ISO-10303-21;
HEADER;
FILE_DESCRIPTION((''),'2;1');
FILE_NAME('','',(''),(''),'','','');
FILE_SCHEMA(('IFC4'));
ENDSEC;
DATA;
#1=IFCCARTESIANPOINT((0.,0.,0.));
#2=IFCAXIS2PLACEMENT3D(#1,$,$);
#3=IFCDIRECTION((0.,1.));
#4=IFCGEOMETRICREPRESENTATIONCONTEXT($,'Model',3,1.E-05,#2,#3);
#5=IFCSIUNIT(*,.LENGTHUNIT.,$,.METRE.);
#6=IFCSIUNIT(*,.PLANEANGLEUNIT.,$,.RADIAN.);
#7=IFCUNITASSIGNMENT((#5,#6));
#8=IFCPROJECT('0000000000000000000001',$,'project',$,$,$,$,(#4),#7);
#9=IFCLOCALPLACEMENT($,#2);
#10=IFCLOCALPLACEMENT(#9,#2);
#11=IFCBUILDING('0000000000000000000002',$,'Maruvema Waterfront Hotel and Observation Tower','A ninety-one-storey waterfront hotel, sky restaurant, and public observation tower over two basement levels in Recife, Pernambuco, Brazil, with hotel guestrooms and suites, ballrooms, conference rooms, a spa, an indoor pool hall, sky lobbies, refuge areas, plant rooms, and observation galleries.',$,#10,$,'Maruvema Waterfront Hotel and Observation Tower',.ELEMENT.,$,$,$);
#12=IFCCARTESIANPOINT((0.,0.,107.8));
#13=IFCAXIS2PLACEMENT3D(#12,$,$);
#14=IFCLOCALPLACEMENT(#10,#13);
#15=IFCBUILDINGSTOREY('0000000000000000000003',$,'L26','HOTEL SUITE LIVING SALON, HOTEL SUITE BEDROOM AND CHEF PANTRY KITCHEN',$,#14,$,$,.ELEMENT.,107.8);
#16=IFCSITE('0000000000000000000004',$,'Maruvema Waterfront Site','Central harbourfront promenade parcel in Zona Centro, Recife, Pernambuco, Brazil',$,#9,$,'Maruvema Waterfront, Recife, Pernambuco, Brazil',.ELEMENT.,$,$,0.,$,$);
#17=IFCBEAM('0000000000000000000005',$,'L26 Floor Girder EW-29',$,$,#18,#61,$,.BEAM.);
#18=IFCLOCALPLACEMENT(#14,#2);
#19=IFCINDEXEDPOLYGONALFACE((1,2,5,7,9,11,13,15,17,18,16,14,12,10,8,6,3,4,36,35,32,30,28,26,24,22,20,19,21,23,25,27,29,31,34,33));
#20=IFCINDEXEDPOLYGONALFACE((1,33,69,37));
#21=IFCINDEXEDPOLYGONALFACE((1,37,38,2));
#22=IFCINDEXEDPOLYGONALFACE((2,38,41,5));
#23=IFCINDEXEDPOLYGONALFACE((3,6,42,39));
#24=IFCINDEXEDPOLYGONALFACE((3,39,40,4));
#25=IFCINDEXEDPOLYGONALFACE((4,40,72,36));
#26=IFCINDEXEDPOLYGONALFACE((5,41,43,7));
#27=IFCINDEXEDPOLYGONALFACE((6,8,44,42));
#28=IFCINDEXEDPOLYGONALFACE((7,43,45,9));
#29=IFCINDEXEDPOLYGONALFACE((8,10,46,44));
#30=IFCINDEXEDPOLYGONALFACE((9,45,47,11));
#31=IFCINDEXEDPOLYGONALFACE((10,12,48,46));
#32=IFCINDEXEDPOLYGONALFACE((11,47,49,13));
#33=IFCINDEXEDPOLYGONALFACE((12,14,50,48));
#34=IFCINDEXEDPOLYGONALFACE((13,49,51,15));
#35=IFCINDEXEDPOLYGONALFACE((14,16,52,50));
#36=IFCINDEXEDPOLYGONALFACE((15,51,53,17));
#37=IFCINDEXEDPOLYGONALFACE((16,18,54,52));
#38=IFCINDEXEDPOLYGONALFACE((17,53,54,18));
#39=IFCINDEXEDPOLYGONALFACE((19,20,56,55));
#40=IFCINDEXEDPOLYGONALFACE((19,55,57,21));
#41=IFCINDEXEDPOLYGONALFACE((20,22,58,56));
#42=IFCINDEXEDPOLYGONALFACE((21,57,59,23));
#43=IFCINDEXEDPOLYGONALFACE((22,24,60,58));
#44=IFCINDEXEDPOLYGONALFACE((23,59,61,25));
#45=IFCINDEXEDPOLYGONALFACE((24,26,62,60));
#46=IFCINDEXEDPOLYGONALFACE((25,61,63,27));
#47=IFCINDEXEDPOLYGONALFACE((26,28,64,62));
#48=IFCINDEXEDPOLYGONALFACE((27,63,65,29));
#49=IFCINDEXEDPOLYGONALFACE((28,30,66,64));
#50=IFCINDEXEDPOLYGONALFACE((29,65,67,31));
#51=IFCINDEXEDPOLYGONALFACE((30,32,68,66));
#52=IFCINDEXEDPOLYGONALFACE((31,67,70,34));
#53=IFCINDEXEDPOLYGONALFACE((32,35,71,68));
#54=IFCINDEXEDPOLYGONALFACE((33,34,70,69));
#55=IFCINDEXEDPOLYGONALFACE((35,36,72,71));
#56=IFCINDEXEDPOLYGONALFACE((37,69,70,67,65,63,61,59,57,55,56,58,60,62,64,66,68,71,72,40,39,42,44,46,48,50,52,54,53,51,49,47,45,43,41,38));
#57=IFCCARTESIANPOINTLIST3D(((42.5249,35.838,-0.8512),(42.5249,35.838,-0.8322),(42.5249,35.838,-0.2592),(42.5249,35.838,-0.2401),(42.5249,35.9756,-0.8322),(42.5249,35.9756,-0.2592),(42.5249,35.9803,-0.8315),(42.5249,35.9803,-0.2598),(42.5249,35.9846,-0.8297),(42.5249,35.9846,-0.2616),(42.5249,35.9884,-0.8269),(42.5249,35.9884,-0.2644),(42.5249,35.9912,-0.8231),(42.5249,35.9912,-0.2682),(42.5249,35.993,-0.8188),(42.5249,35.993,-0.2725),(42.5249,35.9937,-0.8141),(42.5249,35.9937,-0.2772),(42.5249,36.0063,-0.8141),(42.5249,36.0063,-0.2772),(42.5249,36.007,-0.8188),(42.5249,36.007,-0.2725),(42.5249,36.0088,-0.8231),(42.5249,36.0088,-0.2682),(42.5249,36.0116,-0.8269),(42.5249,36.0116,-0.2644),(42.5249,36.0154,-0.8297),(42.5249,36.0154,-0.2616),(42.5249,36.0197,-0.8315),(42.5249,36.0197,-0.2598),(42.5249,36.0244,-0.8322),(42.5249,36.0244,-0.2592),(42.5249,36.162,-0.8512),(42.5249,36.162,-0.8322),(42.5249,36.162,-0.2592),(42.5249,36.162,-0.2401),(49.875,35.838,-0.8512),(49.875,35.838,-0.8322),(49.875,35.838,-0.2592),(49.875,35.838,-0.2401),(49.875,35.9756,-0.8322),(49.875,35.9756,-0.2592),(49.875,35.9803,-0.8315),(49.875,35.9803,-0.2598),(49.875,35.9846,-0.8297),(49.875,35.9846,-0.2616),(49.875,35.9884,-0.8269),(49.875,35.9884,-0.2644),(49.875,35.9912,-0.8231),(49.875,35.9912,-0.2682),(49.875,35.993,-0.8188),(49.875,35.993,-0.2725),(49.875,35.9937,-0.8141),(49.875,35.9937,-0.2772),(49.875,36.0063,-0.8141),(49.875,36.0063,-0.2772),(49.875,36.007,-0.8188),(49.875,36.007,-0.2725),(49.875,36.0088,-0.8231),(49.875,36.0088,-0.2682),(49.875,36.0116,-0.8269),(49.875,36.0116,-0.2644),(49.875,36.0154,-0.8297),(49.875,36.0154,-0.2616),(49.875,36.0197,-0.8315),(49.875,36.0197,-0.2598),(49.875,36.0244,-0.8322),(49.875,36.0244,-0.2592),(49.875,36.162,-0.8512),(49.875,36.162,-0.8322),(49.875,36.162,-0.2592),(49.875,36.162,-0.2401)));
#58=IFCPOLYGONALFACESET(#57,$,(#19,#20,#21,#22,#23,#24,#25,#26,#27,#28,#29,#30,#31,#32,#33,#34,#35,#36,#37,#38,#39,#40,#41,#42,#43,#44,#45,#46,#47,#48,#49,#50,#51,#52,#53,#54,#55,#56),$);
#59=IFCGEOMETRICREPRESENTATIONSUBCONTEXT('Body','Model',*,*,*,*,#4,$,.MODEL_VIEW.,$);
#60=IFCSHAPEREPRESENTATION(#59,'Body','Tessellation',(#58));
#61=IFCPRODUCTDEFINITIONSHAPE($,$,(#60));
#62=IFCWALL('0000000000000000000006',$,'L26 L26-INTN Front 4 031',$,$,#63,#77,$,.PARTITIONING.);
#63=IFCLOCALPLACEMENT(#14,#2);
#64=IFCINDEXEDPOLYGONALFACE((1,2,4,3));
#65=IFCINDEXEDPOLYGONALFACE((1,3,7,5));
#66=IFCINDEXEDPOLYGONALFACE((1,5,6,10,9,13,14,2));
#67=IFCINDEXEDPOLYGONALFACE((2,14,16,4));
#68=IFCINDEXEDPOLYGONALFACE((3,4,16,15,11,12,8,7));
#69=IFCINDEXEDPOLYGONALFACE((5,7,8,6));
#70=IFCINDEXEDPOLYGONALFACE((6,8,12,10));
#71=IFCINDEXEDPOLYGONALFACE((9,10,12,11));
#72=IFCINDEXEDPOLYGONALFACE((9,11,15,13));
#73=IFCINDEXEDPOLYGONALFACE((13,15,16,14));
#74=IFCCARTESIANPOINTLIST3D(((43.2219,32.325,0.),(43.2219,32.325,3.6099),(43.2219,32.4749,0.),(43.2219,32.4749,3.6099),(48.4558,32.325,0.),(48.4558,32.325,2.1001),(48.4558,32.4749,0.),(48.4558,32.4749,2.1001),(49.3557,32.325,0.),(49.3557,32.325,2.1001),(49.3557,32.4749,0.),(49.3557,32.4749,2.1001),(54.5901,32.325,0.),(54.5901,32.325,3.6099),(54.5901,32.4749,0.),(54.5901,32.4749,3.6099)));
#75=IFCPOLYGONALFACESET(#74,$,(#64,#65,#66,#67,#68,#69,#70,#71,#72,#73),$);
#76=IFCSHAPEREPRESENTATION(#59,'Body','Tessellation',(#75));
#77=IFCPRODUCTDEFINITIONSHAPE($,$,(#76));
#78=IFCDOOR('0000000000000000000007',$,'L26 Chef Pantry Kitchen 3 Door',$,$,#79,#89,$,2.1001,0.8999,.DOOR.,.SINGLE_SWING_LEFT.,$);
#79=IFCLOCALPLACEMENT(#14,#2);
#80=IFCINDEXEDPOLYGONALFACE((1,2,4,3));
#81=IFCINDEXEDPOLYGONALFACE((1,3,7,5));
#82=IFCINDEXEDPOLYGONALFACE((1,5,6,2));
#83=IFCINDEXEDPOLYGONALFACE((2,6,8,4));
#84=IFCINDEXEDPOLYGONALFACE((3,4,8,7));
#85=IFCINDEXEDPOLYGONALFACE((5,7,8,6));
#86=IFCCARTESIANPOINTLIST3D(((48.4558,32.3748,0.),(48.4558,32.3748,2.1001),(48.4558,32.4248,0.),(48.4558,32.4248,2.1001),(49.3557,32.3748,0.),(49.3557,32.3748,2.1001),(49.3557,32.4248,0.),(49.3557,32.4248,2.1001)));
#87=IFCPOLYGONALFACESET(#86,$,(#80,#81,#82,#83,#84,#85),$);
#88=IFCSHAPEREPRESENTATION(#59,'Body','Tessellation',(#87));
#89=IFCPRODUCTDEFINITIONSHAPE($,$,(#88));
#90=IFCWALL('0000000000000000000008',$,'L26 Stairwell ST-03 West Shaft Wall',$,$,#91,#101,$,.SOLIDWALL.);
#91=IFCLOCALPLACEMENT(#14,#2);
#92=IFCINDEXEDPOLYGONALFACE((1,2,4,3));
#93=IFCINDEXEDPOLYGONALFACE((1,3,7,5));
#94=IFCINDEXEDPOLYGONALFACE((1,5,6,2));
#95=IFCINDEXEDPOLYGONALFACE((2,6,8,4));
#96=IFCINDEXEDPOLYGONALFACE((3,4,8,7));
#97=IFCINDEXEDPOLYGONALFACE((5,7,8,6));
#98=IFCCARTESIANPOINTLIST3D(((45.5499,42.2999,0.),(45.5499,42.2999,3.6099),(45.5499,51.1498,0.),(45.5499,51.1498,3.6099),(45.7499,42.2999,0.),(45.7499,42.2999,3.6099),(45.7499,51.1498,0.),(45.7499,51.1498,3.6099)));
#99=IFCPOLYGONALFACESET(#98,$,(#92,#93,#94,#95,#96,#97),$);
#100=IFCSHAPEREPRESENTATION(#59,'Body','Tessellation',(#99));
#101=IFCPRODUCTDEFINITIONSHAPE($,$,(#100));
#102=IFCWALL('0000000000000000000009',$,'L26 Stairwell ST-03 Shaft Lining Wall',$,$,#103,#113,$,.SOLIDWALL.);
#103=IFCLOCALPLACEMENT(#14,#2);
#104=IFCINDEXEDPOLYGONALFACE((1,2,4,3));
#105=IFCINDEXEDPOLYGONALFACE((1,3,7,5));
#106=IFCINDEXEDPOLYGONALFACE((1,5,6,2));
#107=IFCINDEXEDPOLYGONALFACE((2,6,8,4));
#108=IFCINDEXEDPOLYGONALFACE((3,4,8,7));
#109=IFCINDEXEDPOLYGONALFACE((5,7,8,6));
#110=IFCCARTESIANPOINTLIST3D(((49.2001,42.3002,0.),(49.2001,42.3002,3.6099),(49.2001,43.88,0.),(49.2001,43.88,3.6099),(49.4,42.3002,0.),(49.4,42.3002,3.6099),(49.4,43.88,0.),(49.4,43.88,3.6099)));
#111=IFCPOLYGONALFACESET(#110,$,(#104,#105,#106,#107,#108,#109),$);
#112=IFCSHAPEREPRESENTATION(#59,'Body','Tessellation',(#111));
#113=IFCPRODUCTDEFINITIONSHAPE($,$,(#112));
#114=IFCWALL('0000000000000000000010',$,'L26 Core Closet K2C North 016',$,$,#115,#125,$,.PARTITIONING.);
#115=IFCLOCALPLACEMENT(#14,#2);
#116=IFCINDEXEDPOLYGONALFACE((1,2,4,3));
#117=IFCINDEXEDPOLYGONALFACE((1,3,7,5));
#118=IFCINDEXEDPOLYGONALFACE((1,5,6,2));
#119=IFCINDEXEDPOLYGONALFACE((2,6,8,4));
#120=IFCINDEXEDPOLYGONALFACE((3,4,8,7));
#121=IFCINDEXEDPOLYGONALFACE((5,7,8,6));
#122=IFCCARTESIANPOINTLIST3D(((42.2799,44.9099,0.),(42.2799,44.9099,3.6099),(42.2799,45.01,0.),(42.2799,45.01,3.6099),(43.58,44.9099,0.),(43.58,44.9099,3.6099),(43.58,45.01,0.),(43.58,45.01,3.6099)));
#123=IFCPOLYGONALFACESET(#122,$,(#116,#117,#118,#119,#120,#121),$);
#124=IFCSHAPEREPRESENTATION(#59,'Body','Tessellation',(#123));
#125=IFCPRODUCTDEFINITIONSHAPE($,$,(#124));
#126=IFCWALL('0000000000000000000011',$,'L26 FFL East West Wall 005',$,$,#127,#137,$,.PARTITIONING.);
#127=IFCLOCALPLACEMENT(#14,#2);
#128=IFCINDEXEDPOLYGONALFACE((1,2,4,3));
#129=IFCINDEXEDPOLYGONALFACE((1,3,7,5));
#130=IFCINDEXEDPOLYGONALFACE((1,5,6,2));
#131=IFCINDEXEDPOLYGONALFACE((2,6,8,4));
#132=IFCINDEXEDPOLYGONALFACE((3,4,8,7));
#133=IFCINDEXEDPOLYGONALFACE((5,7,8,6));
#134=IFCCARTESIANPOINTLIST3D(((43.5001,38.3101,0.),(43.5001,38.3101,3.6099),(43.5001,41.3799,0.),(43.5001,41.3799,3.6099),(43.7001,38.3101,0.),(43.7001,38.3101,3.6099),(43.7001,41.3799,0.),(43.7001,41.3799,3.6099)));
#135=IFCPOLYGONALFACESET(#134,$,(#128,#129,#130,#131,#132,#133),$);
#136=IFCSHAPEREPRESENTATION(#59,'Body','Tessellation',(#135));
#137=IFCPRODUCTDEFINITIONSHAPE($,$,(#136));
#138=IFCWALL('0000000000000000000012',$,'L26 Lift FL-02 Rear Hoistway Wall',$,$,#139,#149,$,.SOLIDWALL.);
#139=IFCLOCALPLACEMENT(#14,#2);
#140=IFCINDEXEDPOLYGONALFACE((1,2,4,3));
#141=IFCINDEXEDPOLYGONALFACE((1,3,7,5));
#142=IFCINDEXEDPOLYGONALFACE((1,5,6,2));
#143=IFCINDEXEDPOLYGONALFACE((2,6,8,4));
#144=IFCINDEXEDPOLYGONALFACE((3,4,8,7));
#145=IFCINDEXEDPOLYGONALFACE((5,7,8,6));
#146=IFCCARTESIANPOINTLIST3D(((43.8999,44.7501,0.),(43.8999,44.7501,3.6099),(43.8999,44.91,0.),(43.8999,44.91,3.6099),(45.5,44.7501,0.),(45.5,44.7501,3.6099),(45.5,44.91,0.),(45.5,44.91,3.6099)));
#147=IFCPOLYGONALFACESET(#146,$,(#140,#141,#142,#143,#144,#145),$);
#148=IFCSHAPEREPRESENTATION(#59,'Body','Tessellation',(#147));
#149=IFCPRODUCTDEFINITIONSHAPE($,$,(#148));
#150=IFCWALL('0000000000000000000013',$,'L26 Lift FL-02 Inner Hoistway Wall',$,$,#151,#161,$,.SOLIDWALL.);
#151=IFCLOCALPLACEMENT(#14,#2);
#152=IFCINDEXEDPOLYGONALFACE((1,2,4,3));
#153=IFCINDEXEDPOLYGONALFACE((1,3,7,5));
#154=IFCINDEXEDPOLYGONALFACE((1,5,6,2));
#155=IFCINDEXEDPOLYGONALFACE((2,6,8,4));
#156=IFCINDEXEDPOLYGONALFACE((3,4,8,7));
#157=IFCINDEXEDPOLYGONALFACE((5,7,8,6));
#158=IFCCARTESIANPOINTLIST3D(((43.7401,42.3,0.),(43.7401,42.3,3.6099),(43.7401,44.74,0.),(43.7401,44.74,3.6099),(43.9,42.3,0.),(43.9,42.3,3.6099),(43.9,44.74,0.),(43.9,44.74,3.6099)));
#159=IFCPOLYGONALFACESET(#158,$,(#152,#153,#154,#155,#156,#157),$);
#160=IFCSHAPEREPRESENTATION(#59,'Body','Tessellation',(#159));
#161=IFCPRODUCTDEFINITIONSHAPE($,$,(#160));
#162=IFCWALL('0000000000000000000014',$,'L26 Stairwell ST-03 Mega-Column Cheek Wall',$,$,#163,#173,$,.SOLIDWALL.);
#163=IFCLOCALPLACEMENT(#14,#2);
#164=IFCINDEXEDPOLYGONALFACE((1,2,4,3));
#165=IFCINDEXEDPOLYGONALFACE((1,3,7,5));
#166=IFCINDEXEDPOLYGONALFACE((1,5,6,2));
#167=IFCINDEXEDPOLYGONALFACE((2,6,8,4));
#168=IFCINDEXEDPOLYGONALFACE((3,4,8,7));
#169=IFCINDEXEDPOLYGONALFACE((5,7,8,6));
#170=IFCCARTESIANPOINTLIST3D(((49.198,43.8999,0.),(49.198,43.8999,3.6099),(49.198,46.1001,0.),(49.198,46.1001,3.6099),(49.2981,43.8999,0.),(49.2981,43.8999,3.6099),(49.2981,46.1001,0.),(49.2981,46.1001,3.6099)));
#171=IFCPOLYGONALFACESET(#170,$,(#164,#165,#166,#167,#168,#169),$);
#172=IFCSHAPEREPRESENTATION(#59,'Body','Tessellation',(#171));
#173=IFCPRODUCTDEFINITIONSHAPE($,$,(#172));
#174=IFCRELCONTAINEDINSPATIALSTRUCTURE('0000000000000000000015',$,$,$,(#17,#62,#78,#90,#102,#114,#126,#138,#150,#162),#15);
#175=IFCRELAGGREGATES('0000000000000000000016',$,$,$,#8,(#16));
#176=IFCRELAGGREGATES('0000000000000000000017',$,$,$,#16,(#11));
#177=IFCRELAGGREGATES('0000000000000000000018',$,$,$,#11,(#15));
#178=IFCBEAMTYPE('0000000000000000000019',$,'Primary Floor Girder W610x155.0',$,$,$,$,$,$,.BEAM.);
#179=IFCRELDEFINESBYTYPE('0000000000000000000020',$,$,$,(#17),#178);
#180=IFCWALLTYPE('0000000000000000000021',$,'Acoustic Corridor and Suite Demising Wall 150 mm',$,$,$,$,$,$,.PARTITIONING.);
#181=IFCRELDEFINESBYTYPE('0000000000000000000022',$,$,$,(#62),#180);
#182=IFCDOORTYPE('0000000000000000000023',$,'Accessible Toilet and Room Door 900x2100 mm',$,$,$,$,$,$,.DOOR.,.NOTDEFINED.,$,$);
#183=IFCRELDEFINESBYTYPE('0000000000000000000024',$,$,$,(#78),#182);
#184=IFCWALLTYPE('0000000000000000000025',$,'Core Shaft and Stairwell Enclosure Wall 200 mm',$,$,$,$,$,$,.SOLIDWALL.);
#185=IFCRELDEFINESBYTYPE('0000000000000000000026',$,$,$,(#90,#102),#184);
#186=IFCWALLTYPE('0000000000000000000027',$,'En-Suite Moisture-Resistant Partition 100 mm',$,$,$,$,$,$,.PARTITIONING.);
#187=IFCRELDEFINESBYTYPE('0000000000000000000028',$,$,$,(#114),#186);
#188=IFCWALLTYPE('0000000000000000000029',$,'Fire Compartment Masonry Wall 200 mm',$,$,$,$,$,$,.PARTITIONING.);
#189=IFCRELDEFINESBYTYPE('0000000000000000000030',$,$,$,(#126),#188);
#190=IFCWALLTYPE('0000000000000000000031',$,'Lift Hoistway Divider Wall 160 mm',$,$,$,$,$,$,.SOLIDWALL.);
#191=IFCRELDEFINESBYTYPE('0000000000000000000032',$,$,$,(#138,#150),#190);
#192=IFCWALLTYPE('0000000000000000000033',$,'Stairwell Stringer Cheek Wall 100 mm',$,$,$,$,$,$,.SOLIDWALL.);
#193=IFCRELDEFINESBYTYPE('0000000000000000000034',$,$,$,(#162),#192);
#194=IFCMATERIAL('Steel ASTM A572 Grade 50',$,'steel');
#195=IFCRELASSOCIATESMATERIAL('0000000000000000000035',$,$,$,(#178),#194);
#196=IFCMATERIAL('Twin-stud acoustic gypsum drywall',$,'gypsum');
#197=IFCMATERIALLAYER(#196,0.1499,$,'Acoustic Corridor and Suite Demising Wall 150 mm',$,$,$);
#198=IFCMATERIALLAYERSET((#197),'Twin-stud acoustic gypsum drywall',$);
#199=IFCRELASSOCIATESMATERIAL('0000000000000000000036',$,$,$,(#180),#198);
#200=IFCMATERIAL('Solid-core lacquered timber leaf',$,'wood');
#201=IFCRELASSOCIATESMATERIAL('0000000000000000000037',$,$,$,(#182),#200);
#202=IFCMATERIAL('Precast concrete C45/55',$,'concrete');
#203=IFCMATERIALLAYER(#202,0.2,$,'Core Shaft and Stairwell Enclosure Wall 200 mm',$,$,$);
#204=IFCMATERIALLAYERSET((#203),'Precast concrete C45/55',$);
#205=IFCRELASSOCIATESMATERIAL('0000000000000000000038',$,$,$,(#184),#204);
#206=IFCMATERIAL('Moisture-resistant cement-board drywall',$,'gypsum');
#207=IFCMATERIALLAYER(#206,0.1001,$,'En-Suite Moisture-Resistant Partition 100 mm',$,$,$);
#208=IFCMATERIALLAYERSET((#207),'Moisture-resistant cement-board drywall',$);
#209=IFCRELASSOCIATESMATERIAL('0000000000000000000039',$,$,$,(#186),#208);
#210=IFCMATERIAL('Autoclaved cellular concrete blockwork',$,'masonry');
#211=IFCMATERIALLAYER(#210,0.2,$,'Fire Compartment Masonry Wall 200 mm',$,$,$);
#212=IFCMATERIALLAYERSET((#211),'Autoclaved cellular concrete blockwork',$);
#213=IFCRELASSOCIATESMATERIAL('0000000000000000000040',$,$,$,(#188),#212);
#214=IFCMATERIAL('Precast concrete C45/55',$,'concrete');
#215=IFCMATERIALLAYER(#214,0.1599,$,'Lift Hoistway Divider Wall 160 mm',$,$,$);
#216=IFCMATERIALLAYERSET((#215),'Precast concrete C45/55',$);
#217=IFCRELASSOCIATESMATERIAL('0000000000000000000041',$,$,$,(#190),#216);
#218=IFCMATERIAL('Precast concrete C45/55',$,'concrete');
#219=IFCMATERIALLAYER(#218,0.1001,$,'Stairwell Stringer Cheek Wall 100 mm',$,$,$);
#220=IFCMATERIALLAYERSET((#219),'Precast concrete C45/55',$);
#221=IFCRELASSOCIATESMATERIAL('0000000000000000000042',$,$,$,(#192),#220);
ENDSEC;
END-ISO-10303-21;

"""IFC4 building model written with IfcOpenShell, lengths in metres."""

from ifc_helpers import new_model, si_unit, direction, frame, frame_2d, origin, origin_2d, place, context, subcontext, project, spatial, rectangle, i_section, extrude, material, layer, layer_set, material_profile, profile_set, type_object, element, fill, save


model = new_model("IFC4")

# Units and contexts
model_context = context("Model", 3, precision=1e-05, world=origin(), true_north=direction((0.0, 1.0)))
body_context = subcontext(model_context, "Body", "Model", "MODEL_VIEW")
ifc_project = project(units=[si_unit("LENGTHUNIT", "METRE"), si_unit("PLANEANGLEUNIT", "RADIAN")], contexts=[model_context])

# Site, building, storey
site_placement = place(None, origin())
site = spatial("IfcSite", under=ifc_project, at=site_placement, Name="Maruvema Waterfront Site", Description="Central harbourfront promenade parcel in Zona Centro, Recife, Pernambuco, Brazil", LongName="Maruvema Waterfront, Recife, Pernambuco, Brazil", CompositionType="ELEMENT", RefElevation=0.0)
building_placement = place(site_placement, origin())
building = spatial("IfcBuilding", under=site, at=building_placement, Name="Maruvema Waterfront Hotel and Observation Tower", Description="A ninety-one-storey waterfront hotel, sky restaurant, and public observation tower over two basement levels in Recife, Pernambuco, Brazil, with hotel guestrooms and suites, ballrooms, conference rooms, a spa, an indoor pool hall, sky lobbies, refuge areas, plant rooms, and observation galleries.", LongName="Maruvema Waterfront Hotel and Observation Tower", CompositionType="ELEMENT")
storey_placement = place(building_placement, frame((0.0, 0.0, 107.8)))
storey = spatial("IfcBuildingStorey", under=building, at=storey_placement, Name="L26", Description="HOTEL SUITE LIVING SALON, HOTEL SUITE BEDROOM AND CHEF PANTRY KITCHEN", CompositionType="ELEMENT", Elevation=107.8)

# Beam
ifc_material_1 = material(Name="Steel ASTM A572 Grade 50", Category="steel")
ifc_material_profile = material_profile(ifc_material_1, i_section(OverallWidth=0.324, OverallDepth=0.6111, WebThickness=0.0127, FlangeThickness=0.019, FilletRadius=0.0181, at=origin_2d()), Name="W610x155.0")
ifc_profile_set = profile_set([ifc_material_profile], Name="Steel ASTM A572 Grade 50")
beam_type = type_object("IfcBeamType", Name="Primary Floor Girder W610x155.0", PredefinedType="BEAM", material=ifc_profile_set)
beam_placement = place(storey_placement, frame((42.5249, 36.0, -0.5457), z_axis=(1.0, 0.0, 0.0), x_axis=(0.0, 1.0, 0.0)))
element("IfcBeam", 1, at=beam_placement, inside=storey, type_object=beam_type, Name="L26 Floor Girder EW-29", PredefinedType="BEAM", context=body_context, shape_type="SweptSolid", body=[
    extrude(i_section(OverallWidth=0.324, OverallDepth=0.6111, WebThickness=0.0127, FlangeThickness=0.019, FilletRadius=0.0181, at=origin_2d()), origin(), (0.0, 0.0, 1.0), 7.3501),
])

# Wall, opening, door
ifc_material_2 = material(Name="Twin-stud acoustic gypsum drywall", Category="gypsum")
ifc_layer_1 = layer(ifc_material_2, 0.1499, Name="Acoustic Corridor and Suite Demising Wall 150 mm")
ifc_layer_set_1 = layer_set([ifc_layer_1], Name="Twin-stud acoustic gypsum drywall")
wall_type_1 = type_object("IfcWallType", Name="Acoustic Corridor and Suite Demising Wall 150 mm", PredefinedType="PARTITIONING", material=ifc_layer_set_1)
wall_1_placement = place(storey_placement, frame((43.2219, 32.3999, 0.0), z_axis=(0.0, 0.0, 1.0), x_axis=(1.0, 0.0, 0.0)))
wall_1 = element("IfcWall", 2, at=wall_1_placement, inside=storey, type_object=wall_type_1, Name="L26 L26-INTN Front 4 031", PredefinedType="PARTITIONING", context=body_context, shape_type="SweptSolid", body=[
    extrude(rectangle(XDim=11.3682, YDim=0.1499, at=frame_2d((5.6841, 0.0))), origin(), (0.0, 0.0, 1.0), 3.6099),
])
opening_1_placement = place(wall_1_placement, frame((5.2339, 0.0, 0.0)))
opening_1 = element("IfcOpeningElement", 3, at=opening_1_placement, cuts=wall_1, PredefinedType="OPENING", context=body_context, shape_type="SweptSolid", body=[
    extrude(rectangle(XDim=0.8999, YDim=2.1001, at=frame_2d((0.45, 1.05))), frame((0.0, 0.085, 0.0), z_axis=(0.0, -1.0, 0.0), x_axis=(1.0, 0.0, 0.0)), (0.0, 0.0, 1.0), 0.1699),
])
ifc_material_3 = material(Name="Solid-core lacquered timber leaf", Category="wood")
door_type_1 = type_object("IfcDoorType", Name="Accessible Toilet and Room Door 900x2100 mm", OperationType="NOTDEFINED", PredefinedType="DOOR", material=ifc_material_3)
door_1_placement = place(opening_1_placement, origin())
door_1 = element("IfcDoor", 4, at=door_1_placement, inside=storey, type_object=door_type_1, Name="L26 Chef Pantry Kitchen 3 Door", OperationType="SINGLE_SWING_LEFT", OverallHeight=2.1001, OverallWidth=0.8999, PredefinedType="DOOR", context=body_context, shape_type="SweptSolid", body=[
    extrude(rectangle(XDim=0.8999, YDim=2.1001, at=frame_2d((0.45, 1.05))), frame((0.0, 0.0249, 0.0), z_axis=(0.0, -1.0, 0.0), x_axis=(1.0, 0.0, 0.0)), (0.0, 0.0, 1.0), 0.05),
])
fill(opening_1, door_1)

# Walls
ifc_material_4 = material(Name="Precast concrete C45/55", Category="concrete")
ifc_layer_2 = layer(ifc_material_4, 0.2, Name="Core Shaft and Stairwell Enclosure Wall 200 mm")
ifc_layer_set_2 = layer_set([ifc_layer_2], Name="Precast concrete C45/55")
wall_type_2 = type_object("IfcWallType", Name="Core Shaft and Stairwell Enclosure Wall 200 mm", PredefinedType="SOLIDWALL", material=ifc_layer_set_2)
wall_2_placement = place(storey_placement, frame((45.6499, 42.3, 0.0), z_axis=(0.0, 0.0, 1.0), x_axis=(0.0, 1.0, 0.0)))
element("IfcWall", 5, at=wall_2_placement, inside=storey, type_object=wall_type_2, Name="L26 Stairwell ST-03 West Shaft Wall", PredefinedType="SOLIDWALL", context=body_context, shape_type="SweptSolid", body=[
    extrude(rectangle(XDim=8.8499, YDim=0.2, at=frame_2d((4.4248, 0.0))), origin(), (0.0, 0.0, 1.0), 3.6099),
])
wall_3_placement = place(storey_placement, frame((49.3, 42.3, 0.0), z_axis=(0.0, 0.0, 1.0), x_axis=(0.0, 1.0, 0.0)))
element("IfcWall", 6, at=wall_3_placement, inside=storey, type_object=wall_type_2, Name="L26 Stairwell ST-03 Shaft Lining Wall", PredefinedType="SOLIDWALL", context=body_context, shape_type="SweptSolid", body=[
    extrude(rectangle(XDim=1.5798, YDim=0.2, at=frame_2d((0.79, 0.0))), origin(), (0.0, 0.0, 1.0), 3.6099),
])

# Wall
ifc_material_5 = material(Name="Moisture-resistant cement-board drywall", Category="gypsum")
ifc_layer_3 = layer(ifc_material_5, 0.1001, Name="En-Suite Moisture-Resistant Partition 100 mm")
ifc_layer_set_3 = layer_set([ifc_layer_3], Name="Moisture-resistant cement-board drywall")
wall_type_3 = type_object("IfcWallType", Name="En-Suite Moisture-Resistant Partition 100 mm", PredefinedType="PARTITIONING", material=ifc_layer_set_3)
wall_4_placement = place(storey_placement, frame((42.28, 44.96, 0.0), z_axis=(0.0, 0.0, 1.0), x_axis=(1.0, 0.0, 0.0)))
element("IfcWall", 7, at=wall_4_placement, inside=storey, type_object=wall_type_3, Name="L26 Core Closet K2C North 016", PredefinedType="PARTITIONING", context=body_context, shape_type="SweptSolid", body=[
    extrude(rectangle(XDim=1.3, YDim=0.1001, at=frame_2d((0.6499, 0.0))), origin(), (0.0, 0.0, 1.0), 3.6099),
])

# Shared definitions
ifc_material_6 = material(Name="Autoclaved cellular concrete blockwork", Category="masonry")
ifc_layer_4 = layer(ifc_material_6, 0.2, Name="Fire Compartment Masonry Wall 200 mm")
ifc_layer_set_4 = layer_set([ifc_layer_4], Name="Autoclaved cellular concrete blockwork")
wall_type_4 = type_object("IfcWallType", Name="Fire Compartment Masonry Wall 200 mm", PredefinedType="PARTITIONING", material=ifc_layer_set_4)

# Walls
wall_5_placement = place(storey_placement, frame((43.6001, 38.3101, 0.0), z_axis=(0.0, 0.0, 1.0), x_axis=(0.0, 1.0, 0.0)))
element("IfcWall", 8, at=wall_5_placement, inside=storey, type_object=wall_type_4, Name="L26 FFL East West Wall 005", PredefinedType="PARTITIONING", context=body_context, shape_type="SweptSolid", body=[
    extrude(rectangle(XDim=3.0698, YDim=0.2, at=frame_2d((1.5349, 0.0))), origin(), (0.0, 0.0, 1.0), 3.6099),
])
ifc_material_7 = material(Name="Precast concrete C45/55", Category="concrete")
ifc_layer_5 = layer(ifc_material_7, 0.1599, Name="Lift Hoistway Divider Wall 160 mm")
ifc_layer_set_5 = layer_set([ifc_layer_5], Name="Precast concrete C45/55")
wall_type_5 = type_object("IfcWallType", Name="Lift Hoistway Divider Wall 160 mm", PredefinedType="SOLIDWALL", material=ifc_layer_set_5)
wall_6_placement = place(storey_placement, frame((43.8999, 44.8301, 0.0), z_axis=(0.0, 0.0, 1.0), x_axis=(1.0, 0.0, 0.0)))
element("IfcWall", 9, at=wall_6_placement, inside=storey, type_object=wall_type_5, Name="L26 Lift FL-02 Rear Hoistway Wall", PredefinedType="SOLIDWALL", context=body_context, shape_type="SweptSolid", body=[
    extrude(rectangle(XDim=1.6001, YDim=0.1599, at=frame_2d((0.8, 0.0))), origin(), (0.0, 0.0, 1.0), 3.6099),
])
wall_7_placement = place(storey_placement, frame((43.8201, 42.3, 0.0), z_axis=(0.0, 0.0, 1.0), x_axis=(0.0, 1.0, 0.0)))
element("IfcWall", 10, at=wall_7_placement, inside=storey, type_object=wall_type_5, Name="L26 Lift FL-02 Inner Hoistway Wall", PredefinedType="SOLIDWALL", context=body_context, shape_type="SweptSolid", body=[
    extrude(rectangle(XDim=2.4399, YDim=0.1599, at=frame_2d((1.22, 0.0))), origin(), (0.0, 0.0, 1.0), 3.6099),
])
ifc_material_8 = material(Name="Precast concrete C45/55", Category="concrete")
ifc_layer_6 = layer(ifc_material_8, 0.1001, Name="Stairwell Stringer Cheek Wall 100 mm")
ifc_layer_set_6 = layer_set([ifc_layer_6], Name="Precast concrete C45/55")
wall_type_6 = type_object("IfcWallType", Name="Stairwell Stringer Cheek Wall 100 mm", PredefinedType="SOLIDWALL", material=ifc_layer_set_6)
wall_8_placement = place(storey_placement, frame((49.248, 43.8999, 0.0), z_axis=(0.0, 0.0, 1.0), x_axis=(0.0, 1.0, 0.0)))
element("IfcWall", 11, at=wall_8_placement, inside=storey, type_object=wall_type_6, Name="L26 Stairwell ST-03 Mega-Column Cheek Wall", PredefinedType="SOLIDWALL", context=body_context, shape_type="SweptSolid", body=[
    extrude(rectangle(XDim=2.2002, YDim=0.1001, at=frame_2d((1.1001, 0.0))), origin(), (0.0, 0.0, 1.0), 3.6099),
])

save(model, "model.ifc")
